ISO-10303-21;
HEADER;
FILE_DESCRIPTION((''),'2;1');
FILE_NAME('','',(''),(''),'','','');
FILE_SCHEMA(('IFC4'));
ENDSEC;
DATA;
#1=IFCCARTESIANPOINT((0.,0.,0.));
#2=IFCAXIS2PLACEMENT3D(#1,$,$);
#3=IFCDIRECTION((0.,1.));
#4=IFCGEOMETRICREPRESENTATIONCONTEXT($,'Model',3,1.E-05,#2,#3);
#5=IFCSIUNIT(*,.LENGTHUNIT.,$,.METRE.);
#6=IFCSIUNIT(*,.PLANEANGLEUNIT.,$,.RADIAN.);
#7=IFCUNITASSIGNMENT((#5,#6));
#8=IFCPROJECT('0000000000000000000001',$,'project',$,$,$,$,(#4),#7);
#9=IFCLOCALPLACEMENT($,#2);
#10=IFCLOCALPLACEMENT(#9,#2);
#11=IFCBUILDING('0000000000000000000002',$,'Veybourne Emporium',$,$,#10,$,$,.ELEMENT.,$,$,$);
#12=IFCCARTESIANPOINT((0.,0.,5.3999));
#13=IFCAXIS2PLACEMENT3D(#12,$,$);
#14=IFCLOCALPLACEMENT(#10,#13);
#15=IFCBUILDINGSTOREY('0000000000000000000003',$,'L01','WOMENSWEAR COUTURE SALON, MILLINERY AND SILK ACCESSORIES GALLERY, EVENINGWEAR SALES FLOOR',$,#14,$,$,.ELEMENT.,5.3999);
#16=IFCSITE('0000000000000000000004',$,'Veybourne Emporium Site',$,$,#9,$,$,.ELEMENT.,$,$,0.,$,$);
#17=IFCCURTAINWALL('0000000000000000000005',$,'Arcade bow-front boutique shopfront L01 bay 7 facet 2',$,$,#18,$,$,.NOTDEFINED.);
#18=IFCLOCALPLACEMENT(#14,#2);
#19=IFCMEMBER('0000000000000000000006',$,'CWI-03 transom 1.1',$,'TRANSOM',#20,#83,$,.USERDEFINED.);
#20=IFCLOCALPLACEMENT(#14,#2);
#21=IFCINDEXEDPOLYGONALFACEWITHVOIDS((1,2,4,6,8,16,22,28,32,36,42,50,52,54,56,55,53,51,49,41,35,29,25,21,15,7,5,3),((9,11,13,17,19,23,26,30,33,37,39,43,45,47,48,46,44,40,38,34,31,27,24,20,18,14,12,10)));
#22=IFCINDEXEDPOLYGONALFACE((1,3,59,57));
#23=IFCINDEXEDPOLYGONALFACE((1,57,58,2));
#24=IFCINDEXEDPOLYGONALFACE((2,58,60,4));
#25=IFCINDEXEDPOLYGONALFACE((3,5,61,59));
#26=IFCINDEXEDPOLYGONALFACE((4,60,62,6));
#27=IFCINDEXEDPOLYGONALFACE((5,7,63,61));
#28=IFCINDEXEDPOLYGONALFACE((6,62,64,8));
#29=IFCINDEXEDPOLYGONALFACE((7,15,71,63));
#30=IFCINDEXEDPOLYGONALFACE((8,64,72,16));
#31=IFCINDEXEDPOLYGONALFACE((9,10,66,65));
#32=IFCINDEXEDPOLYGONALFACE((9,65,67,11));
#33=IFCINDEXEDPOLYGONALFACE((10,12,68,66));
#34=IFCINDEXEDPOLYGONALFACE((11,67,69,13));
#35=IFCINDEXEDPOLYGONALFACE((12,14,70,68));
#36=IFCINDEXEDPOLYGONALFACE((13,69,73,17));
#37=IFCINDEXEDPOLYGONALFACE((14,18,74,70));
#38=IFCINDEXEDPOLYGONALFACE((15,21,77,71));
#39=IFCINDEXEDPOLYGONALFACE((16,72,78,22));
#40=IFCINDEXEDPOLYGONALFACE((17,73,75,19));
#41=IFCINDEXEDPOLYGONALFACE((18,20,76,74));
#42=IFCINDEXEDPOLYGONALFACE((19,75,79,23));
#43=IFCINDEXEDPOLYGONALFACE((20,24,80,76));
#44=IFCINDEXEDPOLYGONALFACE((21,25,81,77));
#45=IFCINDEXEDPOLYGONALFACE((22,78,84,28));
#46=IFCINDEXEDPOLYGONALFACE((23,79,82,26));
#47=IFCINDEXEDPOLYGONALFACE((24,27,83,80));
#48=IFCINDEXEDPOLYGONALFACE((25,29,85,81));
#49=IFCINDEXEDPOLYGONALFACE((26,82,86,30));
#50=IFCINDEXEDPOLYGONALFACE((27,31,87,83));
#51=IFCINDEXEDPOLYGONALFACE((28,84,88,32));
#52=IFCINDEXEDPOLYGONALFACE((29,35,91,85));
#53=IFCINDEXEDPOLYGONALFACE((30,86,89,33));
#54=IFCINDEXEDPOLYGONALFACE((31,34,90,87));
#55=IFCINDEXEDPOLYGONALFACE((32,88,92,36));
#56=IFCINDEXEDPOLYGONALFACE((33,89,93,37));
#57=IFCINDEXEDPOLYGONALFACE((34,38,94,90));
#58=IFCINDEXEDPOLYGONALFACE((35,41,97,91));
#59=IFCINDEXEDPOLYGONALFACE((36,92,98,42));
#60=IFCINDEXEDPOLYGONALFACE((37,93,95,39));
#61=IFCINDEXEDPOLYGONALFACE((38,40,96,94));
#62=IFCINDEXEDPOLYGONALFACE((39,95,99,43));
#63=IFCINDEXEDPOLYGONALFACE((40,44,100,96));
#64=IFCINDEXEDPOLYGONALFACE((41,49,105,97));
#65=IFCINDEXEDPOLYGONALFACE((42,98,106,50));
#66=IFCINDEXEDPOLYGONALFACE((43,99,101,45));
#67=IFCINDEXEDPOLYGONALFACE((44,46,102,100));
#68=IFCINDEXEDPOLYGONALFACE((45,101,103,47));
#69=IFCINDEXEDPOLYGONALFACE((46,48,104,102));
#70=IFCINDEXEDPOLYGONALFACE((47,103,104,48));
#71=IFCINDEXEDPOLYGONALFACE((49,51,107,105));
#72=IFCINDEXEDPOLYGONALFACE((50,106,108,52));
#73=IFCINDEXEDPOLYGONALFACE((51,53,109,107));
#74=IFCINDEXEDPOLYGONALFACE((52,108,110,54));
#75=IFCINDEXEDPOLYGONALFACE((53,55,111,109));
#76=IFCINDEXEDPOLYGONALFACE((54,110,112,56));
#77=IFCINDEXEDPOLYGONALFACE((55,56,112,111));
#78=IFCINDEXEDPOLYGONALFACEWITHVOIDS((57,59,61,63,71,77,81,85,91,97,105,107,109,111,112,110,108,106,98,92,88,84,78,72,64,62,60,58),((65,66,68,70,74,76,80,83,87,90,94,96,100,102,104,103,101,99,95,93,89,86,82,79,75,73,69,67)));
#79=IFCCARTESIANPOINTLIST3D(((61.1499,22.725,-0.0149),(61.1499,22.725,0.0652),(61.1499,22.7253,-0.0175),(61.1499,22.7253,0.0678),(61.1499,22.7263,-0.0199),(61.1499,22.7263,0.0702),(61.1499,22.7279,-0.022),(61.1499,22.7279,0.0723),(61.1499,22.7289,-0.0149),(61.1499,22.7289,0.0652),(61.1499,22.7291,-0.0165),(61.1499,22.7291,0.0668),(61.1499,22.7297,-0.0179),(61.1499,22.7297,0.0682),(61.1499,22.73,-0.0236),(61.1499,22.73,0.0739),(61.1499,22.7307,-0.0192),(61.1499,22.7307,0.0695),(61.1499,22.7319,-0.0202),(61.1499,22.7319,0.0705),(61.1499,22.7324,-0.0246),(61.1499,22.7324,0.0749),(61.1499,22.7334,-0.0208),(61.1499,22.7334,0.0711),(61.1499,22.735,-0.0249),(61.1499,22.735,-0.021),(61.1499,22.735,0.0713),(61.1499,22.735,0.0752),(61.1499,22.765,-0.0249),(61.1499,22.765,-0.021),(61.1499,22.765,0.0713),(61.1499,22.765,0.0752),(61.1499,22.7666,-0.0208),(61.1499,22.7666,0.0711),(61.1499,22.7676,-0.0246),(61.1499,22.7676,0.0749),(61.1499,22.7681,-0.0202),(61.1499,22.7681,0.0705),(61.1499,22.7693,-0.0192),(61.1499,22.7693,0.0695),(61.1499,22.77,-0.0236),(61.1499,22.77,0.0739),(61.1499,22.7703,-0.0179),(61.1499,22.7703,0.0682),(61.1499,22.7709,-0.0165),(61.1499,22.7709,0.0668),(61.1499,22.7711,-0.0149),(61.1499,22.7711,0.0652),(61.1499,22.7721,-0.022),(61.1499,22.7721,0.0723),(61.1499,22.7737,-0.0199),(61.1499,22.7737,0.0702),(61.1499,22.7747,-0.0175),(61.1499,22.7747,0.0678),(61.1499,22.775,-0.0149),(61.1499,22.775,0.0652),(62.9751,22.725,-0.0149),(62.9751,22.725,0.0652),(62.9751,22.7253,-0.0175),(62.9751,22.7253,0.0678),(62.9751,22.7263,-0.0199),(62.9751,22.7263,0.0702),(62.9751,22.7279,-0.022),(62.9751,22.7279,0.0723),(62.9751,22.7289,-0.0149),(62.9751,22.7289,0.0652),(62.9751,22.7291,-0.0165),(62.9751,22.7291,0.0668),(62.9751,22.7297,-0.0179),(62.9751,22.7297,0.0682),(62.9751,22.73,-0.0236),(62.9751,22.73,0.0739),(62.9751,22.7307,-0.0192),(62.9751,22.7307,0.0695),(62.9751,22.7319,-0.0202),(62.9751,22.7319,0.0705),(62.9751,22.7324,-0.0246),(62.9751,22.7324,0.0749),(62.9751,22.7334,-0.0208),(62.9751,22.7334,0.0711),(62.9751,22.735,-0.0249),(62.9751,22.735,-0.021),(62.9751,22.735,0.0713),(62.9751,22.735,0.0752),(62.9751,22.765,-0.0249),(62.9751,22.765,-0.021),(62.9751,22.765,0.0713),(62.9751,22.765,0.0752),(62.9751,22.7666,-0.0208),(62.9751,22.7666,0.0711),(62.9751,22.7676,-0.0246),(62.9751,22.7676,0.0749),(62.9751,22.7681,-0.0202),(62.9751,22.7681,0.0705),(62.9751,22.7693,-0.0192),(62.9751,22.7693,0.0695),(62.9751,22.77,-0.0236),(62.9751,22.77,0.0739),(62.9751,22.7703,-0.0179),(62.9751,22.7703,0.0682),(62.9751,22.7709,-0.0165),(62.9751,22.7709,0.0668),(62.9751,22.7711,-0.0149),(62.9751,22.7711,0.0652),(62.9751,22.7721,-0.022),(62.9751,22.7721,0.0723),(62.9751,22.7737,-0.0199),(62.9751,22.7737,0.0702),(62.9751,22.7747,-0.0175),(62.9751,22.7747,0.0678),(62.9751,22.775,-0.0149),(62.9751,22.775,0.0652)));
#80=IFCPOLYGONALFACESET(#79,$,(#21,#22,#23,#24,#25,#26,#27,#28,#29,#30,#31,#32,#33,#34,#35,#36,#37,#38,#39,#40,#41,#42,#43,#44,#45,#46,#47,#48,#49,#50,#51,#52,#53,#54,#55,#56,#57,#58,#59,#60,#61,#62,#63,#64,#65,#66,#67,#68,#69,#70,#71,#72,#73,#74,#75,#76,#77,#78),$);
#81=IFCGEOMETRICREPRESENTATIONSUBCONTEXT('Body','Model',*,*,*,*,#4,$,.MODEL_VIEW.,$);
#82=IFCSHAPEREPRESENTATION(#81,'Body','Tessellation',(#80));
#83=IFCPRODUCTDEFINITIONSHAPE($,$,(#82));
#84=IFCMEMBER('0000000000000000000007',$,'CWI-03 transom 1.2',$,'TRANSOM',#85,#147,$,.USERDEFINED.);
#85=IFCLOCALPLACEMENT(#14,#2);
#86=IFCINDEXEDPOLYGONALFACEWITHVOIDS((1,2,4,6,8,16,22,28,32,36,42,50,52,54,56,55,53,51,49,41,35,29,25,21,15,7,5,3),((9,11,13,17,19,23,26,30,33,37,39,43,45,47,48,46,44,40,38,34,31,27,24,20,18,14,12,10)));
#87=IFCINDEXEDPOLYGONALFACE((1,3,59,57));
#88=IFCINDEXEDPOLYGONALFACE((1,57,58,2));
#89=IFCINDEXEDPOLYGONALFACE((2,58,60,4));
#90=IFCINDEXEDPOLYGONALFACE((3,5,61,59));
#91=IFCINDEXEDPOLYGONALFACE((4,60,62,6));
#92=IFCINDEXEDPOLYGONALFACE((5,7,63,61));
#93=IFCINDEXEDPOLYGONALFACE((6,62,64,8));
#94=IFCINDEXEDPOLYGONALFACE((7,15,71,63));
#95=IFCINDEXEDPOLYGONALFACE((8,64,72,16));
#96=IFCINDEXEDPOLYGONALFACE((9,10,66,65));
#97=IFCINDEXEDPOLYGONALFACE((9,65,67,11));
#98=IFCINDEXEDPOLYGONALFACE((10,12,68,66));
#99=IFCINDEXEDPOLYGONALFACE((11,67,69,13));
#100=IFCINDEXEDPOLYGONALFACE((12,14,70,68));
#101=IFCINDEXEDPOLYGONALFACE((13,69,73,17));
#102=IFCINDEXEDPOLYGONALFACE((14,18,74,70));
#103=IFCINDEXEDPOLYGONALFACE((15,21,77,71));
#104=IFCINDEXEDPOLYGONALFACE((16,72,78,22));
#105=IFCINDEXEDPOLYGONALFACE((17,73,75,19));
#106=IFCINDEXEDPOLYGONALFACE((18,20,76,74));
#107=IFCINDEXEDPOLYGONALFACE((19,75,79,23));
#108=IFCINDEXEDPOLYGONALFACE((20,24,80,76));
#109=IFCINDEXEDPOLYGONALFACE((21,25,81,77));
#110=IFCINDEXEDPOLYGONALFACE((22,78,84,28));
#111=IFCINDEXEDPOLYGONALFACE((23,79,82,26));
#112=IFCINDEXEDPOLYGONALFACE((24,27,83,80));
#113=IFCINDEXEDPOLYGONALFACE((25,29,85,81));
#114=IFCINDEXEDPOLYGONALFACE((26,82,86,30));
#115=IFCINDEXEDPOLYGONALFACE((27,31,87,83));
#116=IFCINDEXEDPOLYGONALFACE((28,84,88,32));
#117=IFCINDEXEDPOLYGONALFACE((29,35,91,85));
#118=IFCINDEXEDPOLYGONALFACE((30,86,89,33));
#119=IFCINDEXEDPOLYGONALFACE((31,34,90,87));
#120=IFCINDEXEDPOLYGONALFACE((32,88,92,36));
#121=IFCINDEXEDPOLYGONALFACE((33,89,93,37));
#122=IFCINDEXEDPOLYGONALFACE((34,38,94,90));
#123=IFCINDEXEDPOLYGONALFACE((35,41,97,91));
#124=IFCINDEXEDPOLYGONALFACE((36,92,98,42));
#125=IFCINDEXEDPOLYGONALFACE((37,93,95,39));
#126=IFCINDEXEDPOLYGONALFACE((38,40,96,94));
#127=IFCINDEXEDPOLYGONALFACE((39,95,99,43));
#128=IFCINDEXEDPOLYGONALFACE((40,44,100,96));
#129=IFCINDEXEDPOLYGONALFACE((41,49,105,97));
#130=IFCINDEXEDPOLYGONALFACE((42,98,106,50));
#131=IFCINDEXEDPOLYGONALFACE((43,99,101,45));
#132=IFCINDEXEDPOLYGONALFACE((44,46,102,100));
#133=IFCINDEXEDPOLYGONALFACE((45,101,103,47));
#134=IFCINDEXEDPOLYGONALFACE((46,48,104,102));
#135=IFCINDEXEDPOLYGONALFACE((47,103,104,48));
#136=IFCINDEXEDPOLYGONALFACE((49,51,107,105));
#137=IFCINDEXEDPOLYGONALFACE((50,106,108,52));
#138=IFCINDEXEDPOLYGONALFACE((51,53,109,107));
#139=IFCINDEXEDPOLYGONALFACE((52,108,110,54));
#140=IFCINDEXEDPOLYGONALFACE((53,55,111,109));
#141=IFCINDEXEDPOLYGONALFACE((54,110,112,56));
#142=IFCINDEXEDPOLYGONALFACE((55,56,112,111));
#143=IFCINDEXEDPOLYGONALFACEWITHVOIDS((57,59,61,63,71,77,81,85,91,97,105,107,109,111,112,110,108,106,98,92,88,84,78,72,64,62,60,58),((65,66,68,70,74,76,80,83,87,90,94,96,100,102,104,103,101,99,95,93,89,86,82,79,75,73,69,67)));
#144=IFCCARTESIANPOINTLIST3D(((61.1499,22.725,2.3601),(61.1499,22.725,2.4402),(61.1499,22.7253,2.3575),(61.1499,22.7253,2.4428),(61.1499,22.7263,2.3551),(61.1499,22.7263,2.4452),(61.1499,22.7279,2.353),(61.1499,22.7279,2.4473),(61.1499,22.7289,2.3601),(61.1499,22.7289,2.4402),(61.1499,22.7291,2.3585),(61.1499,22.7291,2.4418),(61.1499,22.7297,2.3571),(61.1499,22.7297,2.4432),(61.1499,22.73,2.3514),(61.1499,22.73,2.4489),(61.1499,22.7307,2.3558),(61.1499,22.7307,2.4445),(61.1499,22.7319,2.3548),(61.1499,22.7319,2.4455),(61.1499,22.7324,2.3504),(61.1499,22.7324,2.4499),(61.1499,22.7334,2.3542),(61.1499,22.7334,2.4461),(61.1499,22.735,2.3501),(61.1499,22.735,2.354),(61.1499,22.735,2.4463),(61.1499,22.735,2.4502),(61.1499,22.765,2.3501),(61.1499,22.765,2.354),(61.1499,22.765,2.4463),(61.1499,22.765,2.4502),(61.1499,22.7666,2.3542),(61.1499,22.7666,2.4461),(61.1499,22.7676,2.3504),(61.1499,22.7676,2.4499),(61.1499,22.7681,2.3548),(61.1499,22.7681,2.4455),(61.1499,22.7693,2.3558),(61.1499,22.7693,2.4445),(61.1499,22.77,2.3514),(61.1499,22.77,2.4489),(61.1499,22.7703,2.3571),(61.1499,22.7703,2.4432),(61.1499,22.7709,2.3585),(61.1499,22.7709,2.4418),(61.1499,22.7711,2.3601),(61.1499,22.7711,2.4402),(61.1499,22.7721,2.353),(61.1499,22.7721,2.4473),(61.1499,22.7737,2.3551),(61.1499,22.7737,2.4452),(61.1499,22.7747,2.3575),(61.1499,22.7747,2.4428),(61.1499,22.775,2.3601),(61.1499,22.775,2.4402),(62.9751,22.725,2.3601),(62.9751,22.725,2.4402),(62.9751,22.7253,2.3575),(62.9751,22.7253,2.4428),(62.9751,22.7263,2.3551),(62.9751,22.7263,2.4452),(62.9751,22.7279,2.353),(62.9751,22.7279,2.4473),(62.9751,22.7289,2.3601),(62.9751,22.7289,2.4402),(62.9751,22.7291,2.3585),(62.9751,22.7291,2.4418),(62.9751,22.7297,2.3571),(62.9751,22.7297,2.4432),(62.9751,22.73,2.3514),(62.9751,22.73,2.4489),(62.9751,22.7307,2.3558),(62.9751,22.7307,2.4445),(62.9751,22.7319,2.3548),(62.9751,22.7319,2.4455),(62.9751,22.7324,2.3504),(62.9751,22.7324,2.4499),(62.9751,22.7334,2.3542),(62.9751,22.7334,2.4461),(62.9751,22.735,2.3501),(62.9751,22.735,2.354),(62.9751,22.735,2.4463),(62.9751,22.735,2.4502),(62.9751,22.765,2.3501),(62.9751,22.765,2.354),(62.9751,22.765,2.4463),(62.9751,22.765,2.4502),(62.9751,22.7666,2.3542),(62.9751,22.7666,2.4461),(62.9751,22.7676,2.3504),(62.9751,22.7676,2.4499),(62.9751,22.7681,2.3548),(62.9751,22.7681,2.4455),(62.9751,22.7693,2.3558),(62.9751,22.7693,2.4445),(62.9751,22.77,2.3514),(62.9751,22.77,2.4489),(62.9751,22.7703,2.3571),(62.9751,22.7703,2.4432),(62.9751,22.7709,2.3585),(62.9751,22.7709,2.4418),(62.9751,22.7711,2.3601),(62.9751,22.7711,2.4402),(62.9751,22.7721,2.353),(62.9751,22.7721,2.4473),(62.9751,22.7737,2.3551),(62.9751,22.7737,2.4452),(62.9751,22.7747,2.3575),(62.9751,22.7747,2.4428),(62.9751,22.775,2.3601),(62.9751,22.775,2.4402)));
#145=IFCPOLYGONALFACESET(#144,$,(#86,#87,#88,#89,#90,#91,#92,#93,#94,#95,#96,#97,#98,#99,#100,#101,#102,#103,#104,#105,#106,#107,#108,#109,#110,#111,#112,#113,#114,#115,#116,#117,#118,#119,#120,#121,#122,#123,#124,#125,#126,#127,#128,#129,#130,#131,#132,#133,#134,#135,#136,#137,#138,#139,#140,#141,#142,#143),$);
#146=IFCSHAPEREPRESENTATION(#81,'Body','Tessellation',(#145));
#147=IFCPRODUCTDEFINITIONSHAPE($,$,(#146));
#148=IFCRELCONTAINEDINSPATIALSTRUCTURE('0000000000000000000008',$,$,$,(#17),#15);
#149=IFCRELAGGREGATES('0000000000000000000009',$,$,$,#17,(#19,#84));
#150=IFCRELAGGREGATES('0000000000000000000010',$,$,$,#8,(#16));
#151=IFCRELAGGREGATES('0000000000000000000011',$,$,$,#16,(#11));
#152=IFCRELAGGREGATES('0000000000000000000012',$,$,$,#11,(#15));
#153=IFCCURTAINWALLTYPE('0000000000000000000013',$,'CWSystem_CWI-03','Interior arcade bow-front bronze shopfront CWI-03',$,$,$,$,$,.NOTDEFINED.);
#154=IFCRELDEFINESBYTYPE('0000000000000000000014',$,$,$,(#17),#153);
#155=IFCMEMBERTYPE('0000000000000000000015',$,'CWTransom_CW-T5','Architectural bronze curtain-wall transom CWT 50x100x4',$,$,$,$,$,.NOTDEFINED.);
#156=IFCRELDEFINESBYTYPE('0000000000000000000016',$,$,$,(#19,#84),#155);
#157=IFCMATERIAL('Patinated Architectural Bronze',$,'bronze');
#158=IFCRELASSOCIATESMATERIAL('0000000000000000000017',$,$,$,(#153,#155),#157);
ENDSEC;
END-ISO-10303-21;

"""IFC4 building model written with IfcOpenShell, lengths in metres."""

from ifc_helpers import new_model, si_unit, direction, frame, origin, origin_2d, place, context, subcontext, project, spatial, hollow_rectangle, extrude, material, material_profile, profile_set, type_object, element, aggregate, save


model = new_model("IFC4")

# Units and contexts
model_context = context("Model", 3, precision=1e-05, world=origin(), true_north=direction((0.0, 1.0)))
body_context = subcontext(model_context, "Body", "Model", "MODEL_VIEW")
ifc_project = project(units=[si_unit("LENGTHUNIT", "METRE"), si_unit("PLANEANGLEUNIT", "RADIAN")], contexts=[model_context])

# Site, building, storey
site_placement = place(None, origin())
site = spatial("IfcSite", under=ifc_project, at=site_placement, Name="Veybourne Emporium Site", CompositionType="ELEMENT", RefElevation=0.0)
building_placement = place(site_placement, origin())
building = spatial("IfcBuilding", under=site, at=building_placement, Name="Veybourne Emporium", CompositionType="ELEMENT")
storey_placement = place(building_placement, frame((0.0, 0.0, 5.3999)))
storey = spatial("IfcBuildingStorey", under=building, at=storey_placement, Name="L01", Description="WOMENSWEAR COUTURE SALON, MILLINERY AND SILK ACCESSORIES GALLERY, EVENINGWEAR SALES FLOOR", CompositionType="ELEMENT", Elevation=5.3999)

# Shared definitions
ifc_material_1 = material(Name="Patinated Architectural Bronze", Category="bronze")

# Curtain wall
curtain_wall_type_1 = type_object("IfcCurtainWallType", Name="CWSystem_CWI-03", Description="Interior arcade bow-front bronze shopfront CWI-03", PredefinedType="NOTDEFINED", material=ifc_material_1)
curtain_wall_1_placement = place(storey_placement, origin())
curtain_wall_1 = element("IfcCurtainWall", 1, at=curtain_wall_1_placement, inside=storey, type_object=curtain_wall_type_1, Name="Arcade bow-front boutique shopfront L01 bay 7 facet 2", PredefinedType="NOTDEFINED")

# Members
ifc_material_profile_1 = material_profile(ifc_material_1, hollow_rectangle(XDim=0.05, YDim=0.1001, WallThickness=0.0039, InnerFilletRadius=0.0061, OuterFilletRadius=0.01, at=origin_2d()), Name="CWT 50x100x4")
ifc_profile_set_1 = profile_set([ifc_material_profile_1], Name="Patinated Architectural Bronze")
member_type_1 = type_object("IfcMemberType", Name="CWTransom_CW-T5", Description="Architectural bronze curtain-wall transom CWT 50x100x4", PredefinedType="NOTDEFINED", material=ifc_profile_set_1)
member_1_placement = place(storey_placement, frame((61.1499, 22.75, 0.0251), z_axis=(1.0, 0.0, 0.0), x_axis=(0.0, 1.0, 0.0)))
member_1 = element("IfcMember", 2, at=member_1_placement, type_object=member_type_1, Name="CWI-03 transom 1.1", ObjectType="TRANSOM", PredefinedType="USERDEFINED", context=body_context, shape_type="SweptSolid", body=[
    extrude(hollow_rectangle(XDim=0.05, YDim=0.1001, WallThickness=0.0039, InnerFilletRadius=0.0061, OuterFilletRadius=0.01, at=origin_2d()), origin(), (0.0, 0.0, 1.0), 1.8252),
])
member_2_placement = place(storey_placement, frame((61.1499, 22.75, 2.4001), z_axis=(1.0, 0.0, 0.0), x_axis=(0.0, 1.0, 0.0)))
member_2 = element("IfcMember", 3, at=member_2_placement, type_object=member_type_1, Name="CWI-03 transom 1.2", ObjectType="TRANSOM", PredefinedType="USERDEFINED", context=body_context, shape_type="SweptSolid", body=[
    extrude(hollow_rectangle(XDim=0.05, YDim=0.1001, WallThickness=0.0039, InnerFilletRadius=0.0061, OuterFilletRadius=0.01, at=origin_2d()), origin(), (0.0, 0.0, 1.0), 1.8252),
])
aggregate(curtain_wall_1, [member_1, member_2])

save(model, "model.ifc")
